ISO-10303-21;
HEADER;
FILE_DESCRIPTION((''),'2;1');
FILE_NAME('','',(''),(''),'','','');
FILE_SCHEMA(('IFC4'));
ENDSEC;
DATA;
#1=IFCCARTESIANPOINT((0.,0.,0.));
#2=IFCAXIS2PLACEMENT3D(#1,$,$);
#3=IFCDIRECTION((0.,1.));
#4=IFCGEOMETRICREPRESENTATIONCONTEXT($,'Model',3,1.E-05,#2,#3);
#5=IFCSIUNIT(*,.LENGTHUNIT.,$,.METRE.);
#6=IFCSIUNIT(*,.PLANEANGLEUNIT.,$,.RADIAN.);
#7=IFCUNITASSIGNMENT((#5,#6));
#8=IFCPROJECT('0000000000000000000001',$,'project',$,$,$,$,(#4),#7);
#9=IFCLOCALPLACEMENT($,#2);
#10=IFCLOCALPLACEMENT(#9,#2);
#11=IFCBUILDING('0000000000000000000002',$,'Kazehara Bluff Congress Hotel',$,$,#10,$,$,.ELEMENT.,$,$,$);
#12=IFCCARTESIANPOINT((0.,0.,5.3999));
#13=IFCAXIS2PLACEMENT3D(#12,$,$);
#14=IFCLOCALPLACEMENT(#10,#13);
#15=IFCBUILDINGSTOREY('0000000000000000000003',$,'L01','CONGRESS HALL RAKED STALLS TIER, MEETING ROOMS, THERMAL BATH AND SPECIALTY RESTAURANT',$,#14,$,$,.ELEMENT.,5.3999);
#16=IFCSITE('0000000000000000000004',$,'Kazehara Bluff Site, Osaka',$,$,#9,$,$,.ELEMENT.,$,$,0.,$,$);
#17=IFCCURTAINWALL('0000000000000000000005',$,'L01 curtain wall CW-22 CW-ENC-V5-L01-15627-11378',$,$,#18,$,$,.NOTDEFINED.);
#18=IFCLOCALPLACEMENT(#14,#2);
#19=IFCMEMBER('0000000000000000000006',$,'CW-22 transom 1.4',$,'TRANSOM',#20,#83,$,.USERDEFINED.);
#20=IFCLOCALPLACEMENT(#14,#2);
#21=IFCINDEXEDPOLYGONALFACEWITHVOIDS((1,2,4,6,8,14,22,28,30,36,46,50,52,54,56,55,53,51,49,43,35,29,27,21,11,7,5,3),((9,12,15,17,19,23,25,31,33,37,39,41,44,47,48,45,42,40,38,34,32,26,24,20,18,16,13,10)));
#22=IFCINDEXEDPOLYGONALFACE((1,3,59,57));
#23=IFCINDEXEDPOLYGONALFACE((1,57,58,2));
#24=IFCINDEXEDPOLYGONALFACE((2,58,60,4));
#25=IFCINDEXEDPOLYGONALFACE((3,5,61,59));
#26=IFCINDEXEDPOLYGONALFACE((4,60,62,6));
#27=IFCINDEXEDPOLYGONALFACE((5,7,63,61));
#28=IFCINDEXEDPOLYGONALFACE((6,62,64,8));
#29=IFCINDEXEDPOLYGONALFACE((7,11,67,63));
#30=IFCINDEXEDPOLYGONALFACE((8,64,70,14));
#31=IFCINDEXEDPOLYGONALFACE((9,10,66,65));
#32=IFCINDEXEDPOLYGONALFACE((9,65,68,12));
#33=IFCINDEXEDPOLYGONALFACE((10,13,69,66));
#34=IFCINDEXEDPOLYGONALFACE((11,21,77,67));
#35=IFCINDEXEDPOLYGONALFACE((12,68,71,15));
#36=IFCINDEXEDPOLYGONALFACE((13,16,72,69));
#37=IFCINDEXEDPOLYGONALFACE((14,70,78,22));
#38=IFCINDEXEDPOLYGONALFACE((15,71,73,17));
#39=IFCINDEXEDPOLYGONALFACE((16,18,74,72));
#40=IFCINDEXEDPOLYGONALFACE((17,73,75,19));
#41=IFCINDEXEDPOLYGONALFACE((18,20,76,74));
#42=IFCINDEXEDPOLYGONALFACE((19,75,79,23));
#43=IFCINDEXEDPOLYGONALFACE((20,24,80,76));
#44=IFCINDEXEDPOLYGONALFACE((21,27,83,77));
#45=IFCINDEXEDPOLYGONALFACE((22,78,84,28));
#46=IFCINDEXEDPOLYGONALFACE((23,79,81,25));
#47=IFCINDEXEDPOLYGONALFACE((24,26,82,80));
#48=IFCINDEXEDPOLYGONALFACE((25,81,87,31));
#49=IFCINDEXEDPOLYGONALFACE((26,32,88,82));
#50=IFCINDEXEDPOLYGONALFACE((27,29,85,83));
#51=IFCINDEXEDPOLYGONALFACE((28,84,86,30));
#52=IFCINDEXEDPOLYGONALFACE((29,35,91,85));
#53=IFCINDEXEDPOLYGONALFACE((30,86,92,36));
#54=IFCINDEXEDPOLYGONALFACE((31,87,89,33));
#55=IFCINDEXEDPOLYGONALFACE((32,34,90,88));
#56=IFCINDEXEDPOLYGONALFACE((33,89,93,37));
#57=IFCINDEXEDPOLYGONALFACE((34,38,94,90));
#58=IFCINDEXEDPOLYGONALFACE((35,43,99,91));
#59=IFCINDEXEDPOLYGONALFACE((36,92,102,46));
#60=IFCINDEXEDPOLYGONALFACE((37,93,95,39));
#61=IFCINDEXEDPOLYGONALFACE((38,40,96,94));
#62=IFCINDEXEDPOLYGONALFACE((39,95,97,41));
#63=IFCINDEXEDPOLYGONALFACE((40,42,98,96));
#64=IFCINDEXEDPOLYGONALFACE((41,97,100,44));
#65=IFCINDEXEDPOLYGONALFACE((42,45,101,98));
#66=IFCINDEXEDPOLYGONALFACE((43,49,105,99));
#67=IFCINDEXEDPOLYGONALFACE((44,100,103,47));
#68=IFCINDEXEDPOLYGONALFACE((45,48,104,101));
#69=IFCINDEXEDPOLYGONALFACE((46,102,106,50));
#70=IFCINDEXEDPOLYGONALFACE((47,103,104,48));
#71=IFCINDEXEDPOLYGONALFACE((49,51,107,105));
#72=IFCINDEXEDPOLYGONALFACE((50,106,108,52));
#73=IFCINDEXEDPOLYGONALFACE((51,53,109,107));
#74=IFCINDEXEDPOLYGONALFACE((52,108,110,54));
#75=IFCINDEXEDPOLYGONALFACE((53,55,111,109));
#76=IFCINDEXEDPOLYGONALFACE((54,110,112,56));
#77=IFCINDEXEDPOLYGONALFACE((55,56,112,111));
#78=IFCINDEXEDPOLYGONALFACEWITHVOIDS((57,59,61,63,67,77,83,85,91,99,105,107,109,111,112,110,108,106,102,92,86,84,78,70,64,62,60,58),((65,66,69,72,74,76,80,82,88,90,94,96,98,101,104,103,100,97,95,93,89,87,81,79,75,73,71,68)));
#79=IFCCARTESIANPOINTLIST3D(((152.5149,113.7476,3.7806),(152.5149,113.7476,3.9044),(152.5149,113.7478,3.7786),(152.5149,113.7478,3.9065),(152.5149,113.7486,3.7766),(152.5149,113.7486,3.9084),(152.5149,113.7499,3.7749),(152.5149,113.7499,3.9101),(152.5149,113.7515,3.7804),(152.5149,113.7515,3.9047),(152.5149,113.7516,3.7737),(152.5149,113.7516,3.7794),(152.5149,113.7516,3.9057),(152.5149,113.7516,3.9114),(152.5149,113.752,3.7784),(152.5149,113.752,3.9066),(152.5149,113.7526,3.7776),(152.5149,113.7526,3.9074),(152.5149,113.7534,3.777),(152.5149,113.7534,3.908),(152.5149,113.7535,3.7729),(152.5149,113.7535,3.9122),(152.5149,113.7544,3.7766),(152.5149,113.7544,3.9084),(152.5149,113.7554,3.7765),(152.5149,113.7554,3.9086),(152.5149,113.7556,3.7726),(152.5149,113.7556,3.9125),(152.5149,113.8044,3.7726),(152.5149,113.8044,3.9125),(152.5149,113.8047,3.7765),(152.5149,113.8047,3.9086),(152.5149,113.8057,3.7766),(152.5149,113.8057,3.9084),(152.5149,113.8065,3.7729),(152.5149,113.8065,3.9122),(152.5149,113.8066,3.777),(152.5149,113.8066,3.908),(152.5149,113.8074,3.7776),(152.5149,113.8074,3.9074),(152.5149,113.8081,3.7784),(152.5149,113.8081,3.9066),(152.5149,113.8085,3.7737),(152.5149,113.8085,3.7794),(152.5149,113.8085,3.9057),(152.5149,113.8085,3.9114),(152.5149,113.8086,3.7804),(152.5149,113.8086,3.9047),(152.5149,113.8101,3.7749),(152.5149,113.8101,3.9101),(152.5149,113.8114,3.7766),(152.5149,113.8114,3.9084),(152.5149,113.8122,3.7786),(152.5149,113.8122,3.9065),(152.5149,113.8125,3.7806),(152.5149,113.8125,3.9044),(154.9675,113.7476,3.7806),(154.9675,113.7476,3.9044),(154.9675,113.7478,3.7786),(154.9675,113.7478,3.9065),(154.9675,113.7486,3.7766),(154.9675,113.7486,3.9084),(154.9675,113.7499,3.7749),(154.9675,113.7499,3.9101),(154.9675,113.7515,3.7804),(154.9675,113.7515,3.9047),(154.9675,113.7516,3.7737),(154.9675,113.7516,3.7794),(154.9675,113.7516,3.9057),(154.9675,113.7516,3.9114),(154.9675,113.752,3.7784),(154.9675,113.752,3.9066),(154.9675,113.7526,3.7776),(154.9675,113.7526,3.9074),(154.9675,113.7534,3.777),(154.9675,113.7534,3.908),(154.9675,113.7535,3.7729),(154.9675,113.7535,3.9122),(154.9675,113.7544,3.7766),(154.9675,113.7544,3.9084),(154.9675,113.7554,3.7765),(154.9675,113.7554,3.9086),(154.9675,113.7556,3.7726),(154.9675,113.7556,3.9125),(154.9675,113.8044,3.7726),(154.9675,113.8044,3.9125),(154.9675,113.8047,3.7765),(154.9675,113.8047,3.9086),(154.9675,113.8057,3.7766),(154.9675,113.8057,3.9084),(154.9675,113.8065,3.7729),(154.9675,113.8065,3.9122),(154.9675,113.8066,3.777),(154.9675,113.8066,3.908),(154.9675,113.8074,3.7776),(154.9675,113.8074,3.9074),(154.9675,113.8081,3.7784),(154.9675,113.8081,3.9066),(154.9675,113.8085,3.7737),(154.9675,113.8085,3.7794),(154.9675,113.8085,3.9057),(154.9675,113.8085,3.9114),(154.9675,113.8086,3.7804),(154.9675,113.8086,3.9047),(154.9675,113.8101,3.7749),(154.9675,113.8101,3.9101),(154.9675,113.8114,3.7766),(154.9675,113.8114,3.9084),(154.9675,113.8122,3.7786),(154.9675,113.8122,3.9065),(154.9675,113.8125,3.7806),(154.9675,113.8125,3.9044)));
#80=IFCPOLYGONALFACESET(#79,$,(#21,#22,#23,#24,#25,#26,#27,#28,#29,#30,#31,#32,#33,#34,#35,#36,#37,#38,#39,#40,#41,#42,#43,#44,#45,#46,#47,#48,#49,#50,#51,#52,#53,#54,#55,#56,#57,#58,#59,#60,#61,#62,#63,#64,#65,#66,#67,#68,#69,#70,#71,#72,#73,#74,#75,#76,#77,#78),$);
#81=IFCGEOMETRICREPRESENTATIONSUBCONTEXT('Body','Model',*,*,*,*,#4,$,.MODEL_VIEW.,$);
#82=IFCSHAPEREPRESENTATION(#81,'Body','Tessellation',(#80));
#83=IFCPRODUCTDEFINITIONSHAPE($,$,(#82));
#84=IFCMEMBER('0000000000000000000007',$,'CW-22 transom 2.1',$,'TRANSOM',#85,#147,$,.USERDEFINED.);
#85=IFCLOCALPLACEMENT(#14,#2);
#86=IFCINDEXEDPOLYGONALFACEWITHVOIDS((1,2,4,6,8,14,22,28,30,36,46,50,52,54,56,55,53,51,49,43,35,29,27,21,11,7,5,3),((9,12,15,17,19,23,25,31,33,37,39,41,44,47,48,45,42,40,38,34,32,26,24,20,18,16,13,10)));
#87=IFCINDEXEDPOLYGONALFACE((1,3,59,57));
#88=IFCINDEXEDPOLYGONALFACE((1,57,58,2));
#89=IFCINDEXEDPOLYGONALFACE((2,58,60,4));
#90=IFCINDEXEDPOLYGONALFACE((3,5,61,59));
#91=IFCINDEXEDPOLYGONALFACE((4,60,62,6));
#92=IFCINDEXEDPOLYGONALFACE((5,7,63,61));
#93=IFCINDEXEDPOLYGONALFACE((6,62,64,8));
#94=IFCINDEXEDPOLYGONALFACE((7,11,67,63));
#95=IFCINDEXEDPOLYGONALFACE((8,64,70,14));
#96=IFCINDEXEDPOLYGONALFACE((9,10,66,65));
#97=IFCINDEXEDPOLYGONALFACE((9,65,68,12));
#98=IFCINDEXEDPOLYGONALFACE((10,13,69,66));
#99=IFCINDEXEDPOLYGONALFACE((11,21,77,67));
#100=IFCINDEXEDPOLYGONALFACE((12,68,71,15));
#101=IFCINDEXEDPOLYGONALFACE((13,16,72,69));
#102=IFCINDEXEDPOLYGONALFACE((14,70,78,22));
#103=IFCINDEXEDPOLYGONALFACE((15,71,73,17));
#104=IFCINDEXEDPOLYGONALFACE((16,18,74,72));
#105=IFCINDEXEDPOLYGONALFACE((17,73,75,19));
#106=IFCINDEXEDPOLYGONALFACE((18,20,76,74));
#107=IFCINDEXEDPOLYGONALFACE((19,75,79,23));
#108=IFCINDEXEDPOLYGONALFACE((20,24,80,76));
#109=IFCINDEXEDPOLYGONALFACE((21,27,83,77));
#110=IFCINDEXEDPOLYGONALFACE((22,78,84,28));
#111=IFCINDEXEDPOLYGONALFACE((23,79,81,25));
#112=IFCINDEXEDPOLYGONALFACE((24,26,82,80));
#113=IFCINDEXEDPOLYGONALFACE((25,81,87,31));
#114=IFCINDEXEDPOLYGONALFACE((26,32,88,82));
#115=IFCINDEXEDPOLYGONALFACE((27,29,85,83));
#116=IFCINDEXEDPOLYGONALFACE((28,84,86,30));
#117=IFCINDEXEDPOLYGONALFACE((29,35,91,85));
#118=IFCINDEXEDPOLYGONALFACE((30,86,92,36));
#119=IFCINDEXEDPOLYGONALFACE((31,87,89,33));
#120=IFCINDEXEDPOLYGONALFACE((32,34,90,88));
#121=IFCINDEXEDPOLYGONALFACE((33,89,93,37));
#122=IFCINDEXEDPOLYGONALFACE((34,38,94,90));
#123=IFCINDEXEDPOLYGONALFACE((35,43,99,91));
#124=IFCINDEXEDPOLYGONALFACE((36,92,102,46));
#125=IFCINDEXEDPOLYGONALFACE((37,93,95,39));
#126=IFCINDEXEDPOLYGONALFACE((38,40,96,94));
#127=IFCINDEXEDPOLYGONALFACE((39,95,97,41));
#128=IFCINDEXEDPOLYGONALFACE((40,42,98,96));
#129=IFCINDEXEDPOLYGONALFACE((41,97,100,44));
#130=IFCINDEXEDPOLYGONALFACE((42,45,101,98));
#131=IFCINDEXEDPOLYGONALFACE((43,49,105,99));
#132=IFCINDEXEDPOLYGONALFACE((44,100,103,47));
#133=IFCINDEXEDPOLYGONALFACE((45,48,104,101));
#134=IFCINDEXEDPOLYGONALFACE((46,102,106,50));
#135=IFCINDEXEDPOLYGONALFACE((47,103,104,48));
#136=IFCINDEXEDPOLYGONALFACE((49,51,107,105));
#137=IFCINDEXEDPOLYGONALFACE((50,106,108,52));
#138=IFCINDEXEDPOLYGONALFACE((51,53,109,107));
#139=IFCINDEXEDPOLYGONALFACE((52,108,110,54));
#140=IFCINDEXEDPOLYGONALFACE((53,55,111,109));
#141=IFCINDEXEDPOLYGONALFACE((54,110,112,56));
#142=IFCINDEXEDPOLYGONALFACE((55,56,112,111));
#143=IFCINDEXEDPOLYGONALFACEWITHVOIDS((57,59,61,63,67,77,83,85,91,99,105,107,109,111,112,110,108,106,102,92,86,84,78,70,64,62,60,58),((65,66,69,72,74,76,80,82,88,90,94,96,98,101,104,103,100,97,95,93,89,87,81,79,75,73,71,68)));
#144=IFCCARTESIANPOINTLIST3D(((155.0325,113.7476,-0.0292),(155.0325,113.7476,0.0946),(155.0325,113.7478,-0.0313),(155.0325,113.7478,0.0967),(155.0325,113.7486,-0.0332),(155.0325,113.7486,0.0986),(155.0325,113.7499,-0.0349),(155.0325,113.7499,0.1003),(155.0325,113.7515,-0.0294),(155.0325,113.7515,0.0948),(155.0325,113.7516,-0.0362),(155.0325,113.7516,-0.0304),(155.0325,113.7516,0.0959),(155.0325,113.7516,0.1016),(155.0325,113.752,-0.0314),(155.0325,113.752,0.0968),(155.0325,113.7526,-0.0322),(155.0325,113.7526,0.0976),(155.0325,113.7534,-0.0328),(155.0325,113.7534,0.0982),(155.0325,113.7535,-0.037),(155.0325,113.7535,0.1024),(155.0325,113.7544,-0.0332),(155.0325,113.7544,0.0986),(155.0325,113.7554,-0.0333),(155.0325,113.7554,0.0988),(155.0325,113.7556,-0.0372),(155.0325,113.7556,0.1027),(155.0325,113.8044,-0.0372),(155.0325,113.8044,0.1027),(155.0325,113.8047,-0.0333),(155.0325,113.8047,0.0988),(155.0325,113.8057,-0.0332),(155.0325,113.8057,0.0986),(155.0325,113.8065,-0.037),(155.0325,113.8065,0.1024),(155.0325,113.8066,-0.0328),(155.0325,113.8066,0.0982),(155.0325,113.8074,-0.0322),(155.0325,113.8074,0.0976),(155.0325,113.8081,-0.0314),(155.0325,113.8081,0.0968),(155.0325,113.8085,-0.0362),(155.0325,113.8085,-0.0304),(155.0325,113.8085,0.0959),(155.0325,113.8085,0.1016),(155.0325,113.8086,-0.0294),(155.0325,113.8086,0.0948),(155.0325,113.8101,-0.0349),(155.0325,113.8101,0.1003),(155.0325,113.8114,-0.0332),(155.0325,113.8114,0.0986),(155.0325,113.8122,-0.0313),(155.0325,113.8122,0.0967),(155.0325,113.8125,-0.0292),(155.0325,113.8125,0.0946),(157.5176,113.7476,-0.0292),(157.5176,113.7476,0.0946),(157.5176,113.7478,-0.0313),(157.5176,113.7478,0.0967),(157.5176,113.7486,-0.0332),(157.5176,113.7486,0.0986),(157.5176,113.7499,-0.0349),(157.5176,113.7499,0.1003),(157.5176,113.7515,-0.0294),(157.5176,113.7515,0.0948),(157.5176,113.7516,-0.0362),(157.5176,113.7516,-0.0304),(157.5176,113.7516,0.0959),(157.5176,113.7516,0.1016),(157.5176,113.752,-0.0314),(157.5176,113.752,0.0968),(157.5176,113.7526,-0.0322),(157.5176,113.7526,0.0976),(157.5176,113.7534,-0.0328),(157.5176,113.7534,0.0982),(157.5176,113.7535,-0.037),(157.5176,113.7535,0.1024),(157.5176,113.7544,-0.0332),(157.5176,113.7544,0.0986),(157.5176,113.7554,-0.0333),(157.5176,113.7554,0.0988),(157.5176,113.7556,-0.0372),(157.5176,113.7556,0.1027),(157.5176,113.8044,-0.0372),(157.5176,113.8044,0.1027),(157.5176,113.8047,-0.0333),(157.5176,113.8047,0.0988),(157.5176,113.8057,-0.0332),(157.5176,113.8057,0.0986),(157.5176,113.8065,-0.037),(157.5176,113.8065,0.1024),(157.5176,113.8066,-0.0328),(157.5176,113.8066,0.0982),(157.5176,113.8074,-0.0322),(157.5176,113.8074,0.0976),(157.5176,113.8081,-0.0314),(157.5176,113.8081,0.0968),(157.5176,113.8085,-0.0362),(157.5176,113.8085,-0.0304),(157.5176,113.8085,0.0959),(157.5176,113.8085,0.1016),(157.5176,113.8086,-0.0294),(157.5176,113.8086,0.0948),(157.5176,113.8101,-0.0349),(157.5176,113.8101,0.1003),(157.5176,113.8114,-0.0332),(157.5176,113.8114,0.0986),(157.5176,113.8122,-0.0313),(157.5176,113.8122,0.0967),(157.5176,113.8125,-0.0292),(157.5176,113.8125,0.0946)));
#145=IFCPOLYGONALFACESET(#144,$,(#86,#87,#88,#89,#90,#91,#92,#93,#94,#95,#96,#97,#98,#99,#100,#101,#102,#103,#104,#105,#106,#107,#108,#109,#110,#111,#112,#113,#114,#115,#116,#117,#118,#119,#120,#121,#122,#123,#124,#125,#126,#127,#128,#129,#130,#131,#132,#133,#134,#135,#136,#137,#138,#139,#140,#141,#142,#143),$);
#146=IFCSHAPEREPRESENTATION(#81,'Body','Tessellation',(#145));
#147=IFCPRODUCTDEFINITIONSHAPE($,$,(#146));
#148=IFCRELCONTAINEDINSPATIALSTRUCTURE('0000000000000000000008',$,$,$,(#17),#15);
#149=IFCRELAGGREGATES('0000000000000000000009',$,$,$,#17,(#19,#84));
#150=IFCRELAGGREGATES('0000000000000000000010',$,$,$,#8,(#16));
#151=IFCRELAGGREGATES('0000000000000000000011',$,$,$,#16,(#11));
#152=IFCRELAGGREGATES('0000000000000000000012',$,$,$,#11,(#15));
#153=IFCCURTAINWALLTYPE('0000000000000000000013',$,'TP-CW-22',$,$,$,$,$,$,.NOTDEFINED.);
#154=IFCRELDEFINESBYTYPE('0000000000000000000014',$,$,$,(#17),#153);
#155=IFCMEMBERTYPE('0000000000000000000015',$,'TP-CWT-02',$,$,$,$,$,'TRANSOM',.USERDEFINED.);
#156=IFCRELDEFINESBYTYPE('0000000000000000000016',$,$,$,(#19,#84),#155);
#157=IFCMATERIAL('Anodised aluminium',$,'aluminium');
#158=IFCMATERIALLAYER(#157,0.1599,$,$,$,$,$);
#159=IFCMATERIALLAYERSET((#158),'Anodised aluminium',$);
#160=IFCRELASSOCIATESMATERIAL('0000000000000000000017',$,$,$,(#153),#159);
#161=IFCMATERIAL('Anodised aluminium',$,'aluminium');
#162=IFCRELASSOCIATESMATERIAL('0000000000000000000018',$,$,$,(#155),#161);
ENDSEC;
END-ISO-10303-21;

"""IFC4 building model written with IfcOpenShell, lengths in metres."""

from ifc_helpers import new_model, si_unit, direction, frame, origin, origin_2d, place, context, subcontext, project, spatial, hollow_rectangle, extrude, material, layer, layer_set, material_profile, profile_set, type_object, element, aggregate, save


model = new_model("IFC4")

# Units and contexts
model_context = context("Model", 3, precision=1e-05, world=origin(), true_north=direction((0.0, 1.0)))
body_context = subcontext(model_context, "Body", "Model", "MODEL_VIEW")
ifc_project = project(units=[si_unit("LENGTHUNIT", "METRE"), si_unit("PLANEANGLEUNIT", "RADIAN")], contexts=[model_context])

# Site, building, storey
site_placement = place(None, origin())
site = spatial("IfcSite", under=ifc_project, at=site_placement, Name="Kazehara Bluff Site, Osaka", CompositionType="ELEMENT", RefElevation=0.0)
building_placement = place(site_placement, origin())
building = spatial("IfcBuilding", under=site, at=building_placement, Name="Kazehara Bluff Congress Hotel", CompositionType="ELEMENT")
storey_placement = place(building_placement, frame((0.0, 0.0, 5.3999)))
storey = spatial("IfcBuildingStorey", under=building, at=storey_placement, Name="L01", Description="CONGRESS HALL RAKED STALLS TIER, MEETING ROOMS, THERMAL BATH AND SPECIALTY RESTAURANT", CompositionType="ELEMENT", Elevation=5.3999)

# Curtain wall
ifc_material_1 = material(Name="Anodised aluminium", Category="aluminium")
ifc_layer_1 = layer(ifc_material_1, 0.1599)
ifc_layer_set_1 = layer_set([ifc_layer_1], Name="Anodised aluminium")
curtain_wall_type = type_object("IfcCurtainWallType", Name="TP-CW-22", PredefinedType="NOTDEFINED", material=ifc_layer_set_1)
curtain_wall_1_placement = place(storey_placement, origin())
curtain_wall_1 = element("IfcCurtainWall", 1, at=curtain_wall_1_placement, inside=storey, type_object=curtain_wall_type, Name="L01 curtain wall CW-22 CW-ENC-V5-L01-15627-11378", PredefinedType="NOTDEFINED")

# Members
ifc_material_2 = material(Name="Anodised aluminium", Category="aluminium")
ifc_material_profile_1 = material_profile(ifc_material_2, hollow_rectangle(XDim=0.0649, YDim=0.1399, WallThickness=0.0039, InnerFilletRadius=0.0039, OuterFilletRadius=0.0081, at=origin_2d()))
ifc_profile_set_1 = profile_set([ifc_material_profile_1], Name="Anodised aluminium")
member_type_1 = type_object("IfcMemberType", Name="TP-CWT-02", ElementType="TRANSOM", PredefinedType="USERDEFINED", material=ifc_profile_set_1)
member_1_placement = place(storey_placement, frame((152.5149, 113.78, 3.8425), z_axis=(1.0, 0.0, 0.0), x_axis=(0.0, 1.0, 0.0)))
member_1 = element("IfcMember", 2, at=member_1_placement, type_object=member_type_1, Name="CW-22 transom 1.4", ObjectType="TRANSOM", PredefinedType="USERDEFINED", context=body_context, shape_type="SweptSolid", body=[
    extrude(hollow_rectangle(XDim=0.0649, YDim=0.1399, WallThickness=0.0039, InnerFilletRadius=0.0039, OuterFilletRadius=0.0081, at=origin_2d()), origin(), (0.0, 0.0, 1.0), 2.4526),
])
member_2_placement = place(storey_placement, frame((155.0325, 113.78, 0.0327), z_axis=(1.0, 0.0, 0.0), x_axis=(0.0, 1.0, 0.0)))
member_2 = element("IfcMember", 3, at=member_2_placement, type_object=member_type_1, Name="CW-22 transom 2.1", ObjectType="TRANSOM", PredefinedType="USERDEFINED", context=body_context, shape_type="SweptSolid", body=[
    extrude(hollow_rectangle(XDim=0.0649, YDim=0.1399, WallThickness=0.0039, InnerFilletRadius=0.0039, OuterFilletRadius=0.0081, at=origin_2d()), origin(), (0.0, 0.0, 1.0), 2.4851),
])

aggregate(curtain_wall_1, [member_1, member_2])

save(model, "model.ifc")
